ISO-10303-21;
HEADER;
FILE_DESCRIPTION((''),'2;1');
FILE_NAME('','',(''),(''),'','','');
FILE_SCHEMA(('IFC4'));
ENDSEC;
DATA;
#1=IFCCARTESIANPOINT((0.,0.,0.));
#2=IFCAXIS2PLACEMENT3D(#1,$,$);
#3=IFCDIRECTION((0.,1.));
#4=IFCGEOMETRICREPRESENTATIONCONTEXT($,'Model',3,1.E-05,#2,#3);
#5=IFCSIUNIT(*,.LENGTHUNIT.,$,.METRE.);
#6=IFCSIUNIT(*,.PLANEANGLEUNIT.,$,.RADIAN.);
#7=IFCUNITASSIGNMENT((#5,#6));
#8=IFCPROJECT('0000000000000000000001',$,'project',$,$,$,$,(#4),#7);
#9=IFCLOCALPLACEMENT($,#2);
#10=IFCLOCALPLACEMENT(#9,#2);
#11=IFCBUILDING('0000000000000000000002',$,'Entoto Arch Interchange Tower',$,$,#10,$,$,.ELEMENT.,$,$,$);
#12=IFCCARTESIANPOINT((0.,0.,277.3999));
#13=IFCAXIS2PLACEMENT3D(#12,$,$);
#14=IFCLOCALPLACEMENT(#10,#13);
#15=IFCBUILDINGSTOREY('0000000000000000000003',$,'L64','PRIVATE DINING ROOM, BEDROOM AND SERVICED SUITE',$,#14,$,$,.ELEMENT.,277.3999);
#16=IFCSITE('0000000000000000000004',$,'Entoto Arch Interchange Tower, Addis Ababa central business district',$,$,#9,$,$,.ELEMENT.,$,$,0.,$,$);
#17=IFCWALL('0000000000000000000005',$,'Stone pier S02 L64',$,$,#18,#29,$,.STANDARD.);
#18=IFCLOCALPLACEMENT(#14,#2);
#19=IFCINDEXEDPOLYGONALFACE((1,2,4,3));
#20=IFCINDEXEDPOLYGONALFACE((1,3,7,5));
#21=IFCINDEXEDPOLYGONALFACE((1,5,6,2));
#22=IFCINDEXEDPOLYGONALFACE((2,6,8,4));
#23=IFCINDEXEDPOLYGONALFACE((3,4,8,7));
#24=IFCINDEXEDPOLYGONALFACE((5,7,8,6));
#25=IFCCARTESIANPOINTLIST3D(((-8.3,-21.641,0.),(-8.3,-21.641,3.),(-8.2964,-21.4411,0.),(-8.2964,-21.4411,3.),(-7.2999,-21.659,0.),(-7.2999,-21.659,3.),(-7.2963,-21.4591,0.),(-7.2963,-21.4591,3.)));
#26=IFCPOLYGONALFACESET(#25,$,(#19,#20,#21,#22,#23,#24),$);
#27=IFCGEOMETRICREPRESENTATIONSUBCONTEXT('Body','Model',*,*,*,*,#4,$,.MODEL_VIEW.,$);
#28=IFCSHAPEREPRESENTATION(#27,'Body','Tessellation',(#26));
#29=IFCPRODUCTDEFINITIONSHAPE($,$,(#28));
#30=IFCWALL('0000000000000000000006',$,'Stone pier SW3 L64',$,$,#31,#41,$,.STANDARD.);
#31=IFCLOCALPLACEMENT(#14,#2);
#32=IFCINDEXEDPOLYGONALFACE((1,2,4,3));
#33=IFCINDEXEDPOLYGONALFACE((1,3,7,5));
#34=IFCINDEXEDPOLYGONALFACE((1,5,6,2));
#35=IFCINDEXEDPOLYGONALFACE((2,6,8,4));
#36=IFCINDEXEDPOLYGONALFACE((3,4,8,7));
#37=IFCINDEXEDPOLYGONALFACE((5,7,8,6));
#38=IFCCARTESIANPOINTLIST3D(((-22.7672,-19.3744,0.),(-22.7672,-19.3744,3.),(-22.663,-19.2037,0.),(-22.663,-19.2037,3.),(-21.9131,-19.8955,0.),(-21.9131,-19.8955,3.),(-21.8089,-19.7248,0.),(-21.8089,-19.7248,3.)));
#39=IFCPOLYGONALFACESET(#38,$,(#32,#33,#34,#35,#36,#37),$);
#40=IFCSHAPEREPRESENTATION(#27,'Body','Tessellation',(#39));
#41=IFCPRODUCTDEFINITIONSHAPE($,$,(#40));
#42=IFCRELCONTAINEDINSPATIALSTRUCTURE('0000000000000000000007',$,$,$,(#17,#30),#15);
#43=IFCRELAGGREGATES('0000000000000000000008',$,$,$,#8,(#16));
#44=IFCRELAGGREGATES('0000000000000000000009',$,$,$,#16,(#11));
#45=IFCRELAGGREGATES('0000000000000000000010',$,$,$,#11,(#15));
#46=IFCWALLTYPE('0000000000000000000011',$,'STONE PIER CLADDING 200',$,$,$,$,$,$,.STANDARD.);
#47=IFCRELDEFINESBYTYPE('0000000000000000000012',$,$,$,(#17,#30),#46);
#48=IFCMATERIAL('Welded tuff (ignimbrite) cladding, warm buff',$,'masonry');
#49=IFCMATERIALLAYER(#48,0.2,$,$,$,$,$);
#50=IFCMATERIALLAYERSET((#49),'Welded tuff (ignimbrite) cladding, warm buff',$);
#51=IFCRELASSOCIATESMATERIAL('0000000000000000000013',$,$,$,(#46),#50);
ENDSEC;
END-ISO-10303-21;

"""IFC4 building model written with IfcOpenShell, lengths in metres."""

from ifc_helpers import new_model, si_unit, direction, frame, frame_2d, origin, place, context, subcontext, project, spatial, rectangle, extrude, material, layer, layer_set, type_object, element, save


model = new_model("IFC4")

# Units and contexts
model_context = context("Model", 3, precision=1e-05, world=origin(), true_north=direction((0.0, 1.0)))
body_context = subcontext(model_context, "Body", "Model", "MODEL_VIEW")
ifc_project = project(units=[si_unit("LENGTHUNIT", "METRE"), si_unit("PLANEANGLEUNIT", "RADIAN")], contexts=[model_context])

# Site, building, storey
site_placement = place(None, origin())
site = spatial("IfcSite", under=ifc_project, at=site_placement, Name="Entoto Arch Interchange Tower, Addis Ababa central business district", CompositionType="ELEMENT", RefElevation=0.0)
building_placement = place(site_placement, origin())
building = spatial("IfcBuilding", under=site, at=building_placement, Name="Entoto Arch Interchange Tower", CompositionType="ELEMENT")
storey_placement = place(building_placement, frame((0.0, 0.0, 277.3999)))
storey = spatial("IfcBuildingStorey", under=building, at=storey_placement, Name="L64", Description="PRIVATE DINING ROOM, BEDROOM AND SERVICED SUITE", CompositionType="ELEMENT", Elevation=277.3999)

# Shared definitions
ifc_material_1 = material(Name="Welded tuff (ignimbrite) cladding, warm buff", Category="masonry")

# Walls
ifc_layer_1 = layer(ifc_material_1, 0.2)
ifc_layer_set_1 = layer_set([ifc_layer_1], Name="Welded tuff (ignimbrite) cladding, warm buff")
wall_type_1 = type_object("IfcWallType", Name="STONE PIER CLADDING 200", PredefinedType="STANDARD", material=ifc_layer_set_1)
for number, where, z_axis, x_axis, name in (
    (1, (-8.2981, -21.541, 0.0), (0.0, 0.0, 1.0), (0.999837, -0.018063, 0.0), "Stone pier S02 L64"),
):
    element("IfcWall", number, at=place(storey_placement, frame(where, z_axis=z_axis, x_axis=x_axis)), inside=storey, type_object=wall_type_1, Name=name, PredefinedType="STANDARD", context=body_context, shape_type="SweptSolid", body=[
        extrude(rectangle(XDim=1.0002, YDim=0.2, at=frame_2d((0.5, 0.0))), origin(), (0.0, 0.0, 1.0), 3.0),
    ])
wall_1_placement = place(storey_placement, frame((-22.7151, -19.2891, 0.0), z_axis=(0.0, 0.0, 1.0), x_axis=(0.85368, -0.520798, 0.0)))
element("IfcWall", 2, at=wall_1_placement, inside=storey, type_object=wall_type_1, Name="Stone pier SW3 L64", PredefinedType="STANDARD", context=body_context, shape_type="SweptSolid", body=[
    extrude(rectangle(XDim=1.0005, YDim=0.2, at=frame_2d((0.5002, 0.0))), origin(), (0.0, 0.0, 1.0), 3.0),
])

save(model, "model.ifc")
